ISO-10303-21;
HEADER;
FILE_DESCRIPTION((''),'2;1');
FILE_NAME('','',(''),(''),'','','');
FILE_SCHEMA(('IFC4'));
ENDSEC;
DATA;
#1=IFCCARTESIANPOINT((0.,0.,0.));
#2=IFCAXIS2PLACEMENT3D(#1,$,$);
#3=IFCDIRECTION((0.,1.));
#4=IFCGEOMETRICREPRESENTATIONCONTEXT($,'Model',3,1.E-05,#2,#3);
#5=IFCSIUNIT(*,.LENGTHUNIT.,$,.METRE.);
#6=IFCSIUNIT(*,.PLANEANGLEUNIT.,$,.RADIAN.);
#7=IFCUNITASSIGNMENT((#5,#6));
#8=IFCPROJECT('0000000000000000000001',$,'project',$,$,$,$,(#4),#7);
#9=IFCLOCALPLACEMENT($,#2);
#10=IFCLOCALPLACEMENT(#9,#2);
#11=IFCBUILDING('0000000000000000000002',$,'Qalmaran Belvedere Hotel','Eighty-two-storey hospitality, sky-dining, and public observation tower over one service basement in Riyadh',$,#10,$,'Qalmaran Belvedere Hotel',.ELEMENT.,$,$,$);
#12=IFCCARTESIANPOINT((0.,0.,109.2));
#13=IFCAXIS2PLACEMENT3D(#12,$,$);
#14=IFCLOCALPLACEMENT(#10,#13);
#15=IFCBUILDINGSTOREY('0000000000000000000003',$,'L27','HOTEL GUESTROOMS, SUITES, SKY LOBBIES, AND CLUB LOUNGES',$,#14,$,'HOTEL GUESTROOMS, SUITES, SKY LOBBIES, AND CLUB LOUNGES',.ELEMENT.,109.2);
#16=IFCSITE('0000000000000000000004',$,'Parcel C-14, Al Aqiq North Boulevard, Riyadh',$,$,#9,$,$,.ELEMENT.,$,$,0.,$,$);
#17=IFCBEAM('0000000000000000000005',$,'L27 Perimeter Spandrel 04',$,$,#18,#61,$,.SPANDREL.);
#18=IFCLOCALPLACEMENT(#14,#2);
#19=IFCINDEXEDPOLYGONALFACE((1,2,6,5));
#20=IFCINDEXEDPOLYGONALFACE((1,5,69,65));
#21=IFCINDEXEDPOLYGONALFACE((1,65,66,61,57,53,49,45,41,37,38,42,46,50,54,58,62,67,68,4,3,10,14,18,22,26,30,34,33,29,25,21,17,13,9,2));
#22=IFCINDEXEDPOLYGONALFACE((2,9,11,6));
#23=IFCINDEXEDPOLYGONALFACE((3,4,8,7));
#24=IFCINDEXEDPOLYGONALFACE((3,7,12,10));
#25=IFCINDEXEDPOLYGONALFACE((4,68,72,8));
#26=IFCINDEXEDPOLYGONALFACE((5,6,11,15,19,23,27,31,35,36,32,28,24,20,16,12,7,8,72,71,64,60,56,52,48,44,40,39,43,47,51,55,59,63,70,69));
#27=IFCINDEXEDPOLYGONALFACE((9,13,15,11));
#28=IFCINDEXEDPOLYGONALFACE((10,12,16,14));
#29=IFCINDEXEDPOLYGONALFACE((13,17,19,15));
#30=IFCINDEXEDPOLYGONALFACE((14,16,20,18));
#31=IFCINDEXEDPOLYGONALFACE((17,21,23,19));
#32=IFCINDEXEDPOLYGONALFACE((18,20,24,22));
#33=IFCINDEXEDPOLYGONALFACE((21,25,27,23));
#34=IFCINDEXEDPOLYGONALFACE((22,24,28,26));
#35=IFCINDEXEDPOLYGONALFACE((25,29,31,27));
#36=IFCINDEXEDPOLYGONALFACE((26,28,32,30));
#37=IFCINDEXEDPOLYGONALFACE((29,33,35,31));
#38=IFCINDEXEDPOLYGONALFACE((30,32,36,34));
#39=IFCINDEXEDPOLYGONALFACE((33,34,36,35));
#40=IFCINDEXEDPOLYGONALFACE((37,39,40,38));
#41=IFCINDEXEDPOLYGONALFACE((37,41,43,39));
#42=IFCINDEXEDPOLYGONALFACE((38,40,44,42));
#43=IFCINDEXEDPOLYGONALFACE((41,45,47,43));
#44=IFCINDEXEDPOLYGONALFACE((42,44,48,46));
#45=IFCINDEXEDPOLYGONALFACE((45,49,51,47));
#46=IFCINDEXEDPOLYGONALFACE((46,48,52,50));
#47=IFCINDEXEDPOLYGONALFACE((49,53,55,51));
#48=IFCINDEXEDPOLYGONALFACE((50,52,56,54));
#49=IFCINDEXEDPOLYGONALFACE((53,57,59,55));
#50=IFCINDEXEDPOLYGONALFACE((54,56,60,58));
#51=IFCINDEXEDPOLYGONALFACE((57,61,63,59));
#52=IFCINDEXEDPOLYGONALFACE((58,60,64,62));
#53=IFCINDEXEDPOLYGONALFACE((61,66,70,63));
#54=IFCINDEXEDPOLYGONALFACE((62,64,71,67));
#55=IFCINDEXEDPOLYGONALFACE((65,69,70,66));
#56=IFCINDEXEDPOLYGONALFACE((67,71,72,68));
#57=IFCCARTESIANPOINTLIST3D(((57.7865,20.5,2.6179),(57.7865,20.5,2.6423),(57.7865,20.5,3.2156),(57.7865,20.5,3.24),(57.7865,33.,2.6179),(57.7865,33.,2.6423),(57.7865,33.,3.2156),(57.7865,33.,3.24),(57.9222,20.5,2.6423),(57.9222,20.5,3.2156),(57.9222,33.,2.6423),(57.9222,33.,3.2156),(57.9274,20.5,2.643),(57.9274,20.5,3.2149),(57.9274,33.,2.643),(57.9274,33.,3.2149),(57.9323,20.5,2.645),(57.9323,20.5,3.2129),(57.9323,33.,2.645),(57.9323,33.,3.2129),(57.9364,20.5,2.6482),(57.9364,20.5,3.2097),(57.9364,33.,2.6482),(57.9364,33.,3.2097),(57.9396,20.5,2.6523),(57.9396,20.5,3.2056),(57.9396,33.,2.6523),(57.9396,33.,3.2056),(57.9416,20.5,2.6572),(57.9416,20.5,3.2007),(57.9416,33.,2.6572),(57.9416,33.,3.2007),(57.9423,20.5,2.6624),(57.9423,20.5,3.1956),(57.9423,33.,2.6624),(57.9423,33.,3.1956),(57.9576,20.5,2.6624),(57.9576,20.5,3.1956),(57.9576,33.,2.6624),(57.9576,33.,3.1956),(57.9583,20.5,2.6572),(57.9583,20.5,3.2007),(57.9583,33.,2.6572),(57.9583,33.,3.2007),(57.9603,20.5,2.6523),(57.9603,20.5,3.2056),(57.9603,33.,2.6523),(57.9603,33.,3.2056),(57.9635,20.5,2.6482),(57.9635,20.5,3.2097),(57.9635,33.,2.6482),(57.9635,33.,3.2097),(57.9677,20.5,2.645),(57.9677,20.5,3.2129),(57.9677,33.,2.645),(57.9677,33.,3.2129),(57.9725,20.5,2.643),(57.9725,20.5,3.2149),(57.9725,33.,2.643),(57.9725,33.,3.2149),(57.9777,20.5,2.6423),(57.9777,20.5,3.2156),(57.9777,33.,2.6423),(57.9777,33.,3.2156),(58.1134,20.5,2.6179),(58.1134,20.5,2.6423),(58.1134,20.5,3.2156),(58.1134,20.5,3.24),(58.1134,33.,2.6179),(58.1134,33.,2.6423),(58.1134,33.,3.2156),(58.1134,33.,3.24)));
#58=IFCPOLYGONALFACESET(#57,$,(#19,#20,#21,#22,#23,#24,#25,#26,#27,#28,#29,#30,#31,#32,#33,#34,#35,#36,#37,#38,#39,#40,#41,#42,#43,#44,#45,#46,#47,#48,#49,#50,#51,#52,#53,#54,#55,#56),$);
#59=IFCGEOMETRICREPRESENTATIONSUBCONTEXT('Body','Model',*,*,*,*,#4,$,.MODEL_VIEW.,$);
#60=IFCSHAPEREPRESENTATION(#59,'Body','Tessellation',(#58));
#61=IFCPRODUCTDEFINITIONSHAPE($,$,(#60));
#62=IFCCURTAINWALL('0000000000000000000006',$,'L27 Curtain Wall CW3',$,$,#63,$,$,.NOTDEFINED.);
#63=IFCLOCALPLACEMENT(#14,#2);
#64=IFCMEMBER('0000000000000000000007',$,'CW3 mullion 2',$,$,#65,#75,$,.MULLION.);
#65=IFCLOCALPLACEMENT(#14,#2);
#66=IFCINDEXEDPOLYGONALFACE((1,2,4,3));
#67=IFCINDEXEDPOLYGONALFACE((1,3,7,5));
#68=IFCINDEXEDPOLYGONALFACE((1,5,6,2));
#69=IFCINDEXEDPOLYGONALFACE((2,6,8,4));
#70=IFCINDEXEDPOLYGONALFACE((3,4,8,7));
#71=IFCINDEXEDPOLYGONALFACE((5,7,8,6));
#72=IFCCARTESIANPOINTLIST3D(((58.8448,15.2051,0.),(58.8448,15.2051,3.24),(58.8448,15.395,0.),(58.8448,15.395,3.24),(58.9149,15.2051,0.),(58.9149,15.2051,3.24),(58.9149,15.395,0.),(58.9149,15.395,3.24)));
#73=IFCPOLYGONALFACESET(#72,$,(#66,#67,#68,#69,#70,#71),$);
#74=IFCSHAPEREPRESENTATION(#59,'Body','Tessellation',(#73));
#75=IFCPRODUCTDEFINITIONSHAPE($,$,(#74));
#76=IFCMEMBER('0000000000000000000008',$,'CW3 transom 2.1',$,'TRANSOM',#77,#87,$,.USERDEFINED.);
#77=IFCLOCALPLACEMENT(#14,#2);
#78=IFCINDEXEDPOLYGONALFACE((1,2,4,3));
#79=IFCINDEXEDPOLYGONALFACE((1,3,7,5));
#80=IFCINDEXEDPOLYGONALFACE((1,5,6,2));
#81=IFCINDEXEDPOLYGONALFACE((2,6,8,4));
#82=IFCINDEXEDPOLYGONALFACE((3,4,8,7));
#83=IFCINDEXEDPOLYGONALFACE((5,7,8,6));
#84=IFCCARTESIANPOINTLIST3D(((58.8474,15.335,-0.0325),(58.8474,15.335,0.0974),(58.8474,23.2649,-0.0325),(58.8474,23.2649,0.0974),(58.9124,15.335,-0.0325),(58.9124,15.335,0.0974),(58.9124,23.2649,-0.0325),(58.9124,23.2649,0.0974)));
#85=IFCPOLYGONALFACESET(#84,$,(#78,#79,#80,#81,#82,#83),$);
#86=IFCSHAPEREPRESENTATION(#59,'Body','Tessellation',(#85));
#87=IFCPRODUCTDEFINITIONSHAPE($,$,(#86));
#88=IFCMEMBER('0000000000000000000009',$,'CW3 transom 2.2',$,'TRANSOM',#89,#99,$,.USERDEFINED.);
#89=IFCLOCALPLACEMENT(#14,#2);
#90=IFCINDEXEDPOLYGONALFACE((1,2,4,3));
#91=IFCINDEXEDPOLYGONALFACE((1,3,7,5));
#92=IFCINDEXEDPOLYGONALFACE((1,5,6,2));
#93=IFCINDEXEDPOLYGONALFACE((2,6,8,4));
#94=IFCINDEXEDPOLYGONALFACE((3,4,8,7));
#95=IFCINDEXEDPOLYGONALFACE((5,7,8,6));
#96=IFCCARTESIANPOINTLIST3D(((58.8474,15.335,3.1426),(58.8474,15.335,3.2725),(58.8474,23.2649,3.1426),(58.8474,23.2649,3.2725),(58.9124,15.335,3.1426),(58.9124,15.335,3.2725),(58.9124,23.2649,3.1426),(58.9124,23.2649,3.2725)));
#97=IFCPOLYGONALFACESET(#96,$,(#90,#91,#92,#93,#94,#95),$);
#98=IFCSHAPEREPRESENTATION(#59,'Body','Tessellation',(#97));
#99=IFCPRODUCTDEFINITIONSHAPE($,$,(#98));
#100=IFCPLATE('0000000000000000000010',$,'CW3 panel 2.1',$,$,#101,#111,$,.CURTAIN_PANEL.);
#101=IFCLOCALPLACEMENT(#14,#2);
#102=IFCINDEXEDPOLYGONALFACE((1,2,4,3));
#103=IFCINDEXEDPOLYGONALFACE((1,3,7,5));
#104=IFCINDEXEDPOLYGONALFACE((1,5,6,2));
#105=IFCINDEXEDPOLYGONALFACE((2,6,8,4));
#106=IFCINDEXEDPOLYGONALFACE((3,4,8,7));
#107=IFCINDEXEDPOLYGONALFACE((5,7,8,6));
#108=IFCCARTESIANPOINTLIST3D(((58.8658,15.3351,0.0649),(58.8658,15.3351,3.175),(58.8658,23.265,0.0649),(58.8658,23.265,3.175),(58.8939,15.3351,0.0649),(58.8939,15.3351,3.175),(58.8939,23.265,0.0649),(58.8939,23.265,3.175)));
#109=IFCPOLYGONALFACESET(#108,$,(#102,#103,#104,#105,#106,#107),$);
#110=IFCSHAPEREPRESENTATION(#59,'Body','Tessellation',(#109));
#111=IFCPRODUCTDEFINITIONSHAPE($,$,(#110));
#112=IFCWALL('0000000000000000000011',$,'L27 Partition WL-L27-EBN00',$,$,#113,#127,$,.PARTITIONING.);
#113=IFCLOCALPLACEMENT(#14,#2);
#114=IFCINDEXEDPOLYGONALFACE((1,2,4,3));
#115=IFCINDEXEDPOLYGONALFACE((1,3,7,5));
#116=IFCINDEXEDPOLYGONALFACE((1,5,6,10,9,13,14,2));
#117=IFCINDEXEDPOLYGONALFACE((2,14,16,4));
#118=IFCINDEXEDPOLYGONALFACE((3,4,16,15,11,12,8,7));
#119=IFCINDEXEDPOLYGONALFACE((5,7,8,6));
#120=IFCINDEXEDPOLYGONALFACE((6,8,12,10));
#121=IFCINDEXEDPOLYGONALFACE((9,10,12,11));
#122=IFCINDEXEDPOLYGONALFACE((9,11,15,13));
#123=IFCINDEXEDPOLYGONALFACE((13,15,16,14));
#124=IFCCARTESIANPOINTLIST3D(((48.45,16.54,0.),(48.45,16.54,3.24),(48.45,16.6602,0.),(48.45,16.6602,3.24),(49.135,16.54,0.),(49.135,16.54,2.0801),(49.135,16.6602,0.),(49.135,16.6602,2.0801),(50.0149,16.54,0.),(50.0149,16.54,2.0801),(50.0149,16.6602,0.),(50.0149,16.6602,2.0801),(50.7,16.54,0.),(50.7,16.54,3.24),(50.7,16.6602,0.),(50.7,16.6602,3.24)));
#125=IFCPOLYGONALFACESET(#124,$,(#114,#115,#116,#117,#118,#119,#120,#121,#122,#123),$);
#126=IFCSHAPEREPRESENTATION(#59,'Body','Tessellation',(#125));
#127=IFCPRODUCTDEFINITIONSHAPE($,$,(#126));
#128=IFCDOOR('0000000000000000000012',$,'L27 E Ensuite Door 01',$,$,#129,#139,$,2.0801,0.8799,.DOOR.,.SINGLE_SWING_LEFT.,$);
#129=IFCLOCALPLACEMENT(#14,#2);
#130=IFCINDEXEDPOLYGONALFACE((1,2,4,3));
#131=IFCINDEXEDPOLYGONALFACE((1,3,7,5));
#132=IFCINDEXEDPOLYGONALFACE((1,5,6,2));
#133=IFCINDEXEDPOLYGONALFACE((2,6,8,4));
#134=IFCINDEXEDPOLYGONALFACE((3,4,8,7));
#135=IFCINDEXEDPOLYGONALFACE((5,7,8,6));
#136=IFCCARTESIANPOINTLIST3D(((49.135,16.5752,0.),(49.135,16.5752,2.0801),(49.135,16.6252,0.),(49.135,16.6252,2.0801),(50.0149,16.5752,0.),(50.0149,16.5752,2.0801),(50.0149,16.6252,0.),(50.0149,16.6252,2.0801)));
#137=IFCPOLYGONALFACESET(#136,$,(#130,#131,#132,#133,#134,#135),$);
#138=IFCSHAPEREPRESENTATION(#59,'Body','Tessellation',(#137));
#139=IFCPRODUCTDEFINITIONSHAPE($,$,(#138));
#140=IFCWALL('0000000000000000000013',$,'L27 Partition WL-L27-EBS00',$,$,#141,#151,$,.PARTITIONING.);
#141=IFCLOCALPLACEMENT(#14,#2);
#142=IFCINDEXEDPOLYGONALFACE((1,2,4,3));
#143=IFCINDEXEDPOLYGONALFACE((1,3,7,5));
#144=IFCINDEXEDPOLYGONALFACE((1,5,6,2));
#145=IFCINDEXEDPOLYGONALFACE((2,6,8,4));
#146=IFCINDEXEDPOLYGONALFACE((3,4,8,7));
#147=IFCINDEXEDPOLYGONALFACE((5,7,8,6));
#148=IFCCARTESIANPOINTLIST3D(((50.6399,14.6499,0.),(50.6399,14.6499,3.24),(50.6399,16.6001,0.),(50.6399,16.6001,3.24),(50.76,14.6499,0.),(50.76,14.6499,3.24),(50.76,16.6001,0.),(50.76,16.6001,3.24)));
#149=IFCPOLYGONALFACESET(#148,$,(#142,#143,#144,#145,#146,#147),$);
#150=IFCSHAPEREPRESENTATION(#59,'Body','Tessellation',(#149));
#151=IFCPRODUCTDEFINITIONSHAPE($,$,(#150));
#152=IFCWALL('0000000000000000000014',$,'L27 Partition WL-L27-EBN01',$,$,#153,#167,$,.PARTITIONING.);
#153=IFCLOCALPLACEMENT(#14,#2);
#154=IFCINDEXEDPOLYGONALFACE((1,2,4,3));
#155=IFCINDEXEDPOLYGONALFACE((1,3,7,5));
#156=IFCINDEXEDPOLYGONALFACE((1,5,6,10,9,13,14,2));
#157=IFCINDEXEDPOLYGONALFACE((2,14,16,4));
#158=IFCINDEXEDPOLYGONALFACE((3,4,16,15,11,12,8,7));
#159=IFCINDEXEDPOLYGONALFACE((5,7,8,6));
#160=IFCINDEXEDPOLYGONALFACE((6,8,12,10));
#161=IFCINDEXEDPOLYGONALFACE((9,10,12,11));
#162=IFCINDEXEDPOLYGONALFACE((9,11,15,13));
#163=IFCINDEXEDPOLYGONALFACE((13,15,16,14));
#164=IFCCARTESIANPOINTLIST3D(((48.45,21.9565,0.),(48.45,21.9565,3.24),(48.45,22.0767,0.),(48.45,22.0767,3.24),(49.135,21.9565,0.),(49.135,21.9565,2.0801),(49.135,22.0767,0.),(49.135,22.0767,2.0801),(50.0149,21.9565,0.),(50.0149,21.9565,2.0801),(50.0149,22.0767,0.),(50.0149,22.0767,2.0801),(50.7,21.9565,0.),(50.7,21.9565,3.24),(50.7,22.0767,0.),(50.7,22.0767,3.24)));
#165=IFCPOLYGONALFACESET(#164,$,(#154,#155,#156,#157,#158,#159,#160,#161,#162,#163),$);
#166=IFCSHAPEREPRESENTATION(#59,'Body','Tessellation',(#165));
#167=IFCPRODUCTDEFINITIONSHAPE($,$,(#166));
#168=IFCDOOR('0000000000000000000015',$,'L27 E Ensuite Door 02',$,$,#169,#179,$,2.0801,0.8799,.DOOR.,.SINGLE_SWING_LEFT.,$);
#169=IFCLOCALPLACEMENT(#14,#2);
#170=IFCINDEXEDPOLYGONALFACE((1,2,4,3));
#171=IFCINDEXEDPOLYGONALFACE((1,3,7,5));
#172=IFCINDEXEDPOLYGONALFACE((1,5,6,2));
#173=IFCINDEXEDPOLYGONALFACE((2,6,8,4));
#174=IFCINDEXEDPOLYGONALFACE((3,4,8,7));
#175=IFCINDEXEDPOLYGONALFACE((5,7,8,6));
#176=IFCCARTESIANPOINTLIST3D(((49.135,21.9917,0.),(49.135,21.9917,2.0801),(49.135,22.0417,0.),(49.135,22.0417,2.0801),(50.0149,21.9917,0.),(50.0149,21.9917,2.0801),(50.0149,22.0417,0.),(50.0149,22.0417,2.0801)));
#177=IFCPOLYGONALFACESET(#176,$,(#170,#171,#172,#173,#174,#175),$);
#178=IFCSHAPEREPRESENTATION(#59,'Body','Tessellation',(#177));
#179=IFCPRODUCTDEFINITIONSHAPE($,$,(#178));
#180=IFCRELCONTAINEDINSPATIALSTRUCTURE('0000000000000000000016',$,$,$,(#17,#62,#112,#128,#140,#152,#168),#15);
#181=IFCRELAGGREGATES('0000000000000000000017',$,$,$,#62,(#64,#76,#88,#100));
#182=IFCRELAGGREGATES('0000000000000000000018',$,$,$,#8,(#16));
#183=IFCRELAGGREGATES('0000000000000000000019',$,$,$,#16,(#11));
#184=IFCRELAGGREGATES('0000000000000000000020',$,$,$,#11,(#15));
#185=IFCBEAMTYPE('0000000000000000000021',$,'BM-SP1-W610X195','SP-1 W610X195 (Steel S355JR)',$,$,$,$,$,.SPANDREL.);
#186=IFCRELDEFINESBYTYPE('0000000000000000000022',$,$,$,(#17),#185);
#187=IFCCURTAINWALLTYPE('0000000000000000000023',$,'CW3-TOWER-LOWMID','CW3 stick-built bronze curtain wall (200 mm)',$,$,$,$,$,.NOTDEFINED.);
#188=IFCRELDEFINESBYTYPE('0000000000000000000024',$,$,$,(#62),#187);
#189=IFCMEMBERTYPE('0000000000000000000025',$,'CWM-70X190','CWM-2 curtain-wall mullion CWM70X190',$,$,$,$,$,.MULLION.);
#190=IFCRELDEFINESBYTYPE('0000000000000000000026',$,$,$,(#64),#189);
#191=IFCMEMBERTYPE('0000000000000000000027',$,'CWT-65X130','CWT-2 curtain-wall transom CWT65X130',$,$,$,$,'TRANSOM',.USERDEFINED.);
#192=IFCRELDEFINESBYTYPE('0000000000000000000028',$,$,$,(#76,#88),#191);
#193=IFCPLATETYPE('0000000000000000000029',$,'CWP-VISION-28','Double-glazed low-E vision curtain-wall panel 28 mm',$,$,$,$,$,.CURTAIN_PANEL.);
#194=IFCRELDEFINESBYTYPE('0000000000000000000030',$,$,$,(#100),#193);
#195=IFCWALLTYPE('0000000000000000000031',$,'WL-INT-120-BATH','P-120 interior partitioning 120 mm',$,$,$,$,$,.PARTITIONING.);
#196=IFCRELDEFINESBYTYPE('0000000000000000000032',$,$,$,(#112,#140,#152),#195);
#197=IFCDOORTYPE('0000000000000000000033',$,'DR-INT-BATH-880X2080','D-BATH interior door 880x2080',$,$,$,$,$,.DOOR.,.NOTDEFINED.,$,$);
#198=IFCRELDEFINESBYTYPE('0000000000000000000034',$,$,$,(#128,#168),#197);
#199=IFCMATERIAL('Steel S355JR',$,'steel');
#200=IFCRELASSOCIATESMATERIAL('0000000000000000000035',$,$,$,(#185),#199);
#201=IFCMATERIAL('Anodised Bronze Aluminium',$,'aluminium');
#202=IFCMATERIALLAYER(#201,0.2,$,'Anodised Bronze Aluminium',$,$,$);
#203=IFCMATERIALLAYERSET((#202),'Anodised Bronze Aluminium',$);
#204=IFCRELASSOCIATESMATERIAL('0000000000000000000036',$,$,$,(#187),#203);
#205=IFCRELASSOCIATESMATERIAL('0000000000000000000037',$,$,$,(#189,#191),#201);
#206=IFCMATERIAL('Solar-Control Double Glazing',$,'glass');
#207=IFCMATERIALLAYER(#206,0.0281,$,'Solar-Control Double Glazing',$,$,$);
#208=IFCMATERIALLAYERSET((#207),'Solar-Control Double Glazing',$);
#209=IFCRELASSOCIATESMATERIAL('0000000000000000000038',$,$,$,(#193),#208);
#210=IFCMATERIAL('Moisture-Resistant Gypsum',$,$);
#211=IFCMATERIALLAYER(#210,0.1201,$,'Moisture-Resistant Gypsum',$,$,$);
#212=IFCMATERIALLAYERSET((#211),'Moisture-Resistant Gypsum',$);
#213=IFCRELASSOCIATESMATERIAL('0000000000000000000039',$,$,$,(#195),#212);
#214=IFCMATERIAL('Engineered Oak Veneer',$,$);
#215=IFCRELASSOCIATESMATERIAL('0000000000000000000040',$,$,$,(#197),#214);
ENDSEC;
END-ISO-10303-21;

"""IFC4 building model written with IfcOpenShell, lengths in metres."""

from ifc_helpers import new_model, si_unit, direction, frame, frame_2d, origin, origin_2d, place, context, subcontext, project, spatial, rectangle, i_section, extrude, material, layer, layer_set, material_profile, profile_set, type_object, element, fill, aggregate, save


model = new_model("IFC4")

# Units and contexts
model_context = context("Model", 3, precision=1e-05, world=origin(), true_north=direction((0.0, 1.0)))
body_context = subcontext(model_context, "Body", "Model", "MODEL_VIEW")
ifc_project = project(units=[si_unit("LENGTHUNIT", "METRE"), si_unit("PLANEANGLEUNIT", "RADIAN")], contexts=[model_context])

# Site, building, storey
site_placement = place(None, origin())
site = spatial("IfcSite", under=ifc_project, at=site_placement, Name="Parcel C-14, Al Aqiq North Boulevard, Riyadh", CompositionType="ELEMENT", RefElevation=0.0)
building_placement = place(site_placement, origin())
building = spatial("IfcBuilding", under=site, at=building_placement, Name="Qalmaran Belvedere Hotel", Description="Eighty-two-storey hospitality, sky-dining, and public observation tower over one service basement in Riyadh", LongName="Qalmaran Belvedere Hotel", CompositionType="ELEMENT")
storey_placement = place(building_placement, frame((0.0, 0.0, 109.2)))
storey = spatial("IfcBuildingStorey", under=building, at=storey_placement, Name="L27", Description="HOTEL GUESTROOMS, SUITES, SKY LOBBIES, AND CLUB LOUNGES", LongName="HOTEL GUESTROOMS, SUITES, SKY LOBBIES, AND CLUB LOUNGES", CompositionType="ELEMENT", Elevation=109.2)

# Beam
ifc_material_1 = material(Name="Steel S355JR", Category="steel")
ifc_material_profile_1 = material_profile(ifc_material_1, i_section(OverallWidth=0.3269, OverallDepth=0.6221, WebThickness=0.0154, FlangeThickness=0.0244, FilletRadius=0.02, at=origin_2d()), Name="W610X195")
ifc_profile_set_1 = profile_set([ifc_material_profile_1], Name="Steel S355JR")
beam_type_1 = type_object("IfcBeamType", Name="BM-SP1-W610X195", Description="SP-1 W610X195 (Steel S355JR)", PredefinedType="SPANDREL", material=ifc_profile_set_1)
beam_1_placement = place(storey_placement, frame((57.95, 20.5, 2.929), z_axis=(0.0, 1.0, 0.0), x_axis=(-1.0, 0.0, 0.0)))
element("IfcBeam", 1, at=beam_1_placement, inside=storey, type_object=beam_type_1, Name="L27 Perimeter Spandrel 04", PredefinedType="SPANDREL", context=body_context, shape_type="SweptSolid", body=[
    extrude(i_section(OverallWidth=0.3269, OverallDepth=0.6221, WebThickness=0.0154, FlangeThickness=0.0244, FilletRadius=0.02, at=origin_2d()), origin(), (0.0, 0.0, 1.0), 12.5),
])

# Curtain wall, members, plate
ifc_material_2 = material(Name="Anodised Bronze Aluminium", Category="aluminium")
ifc_layer_1 = layer(ifc_material_2, 0.2, Name="Anodised Bronze Aluminium")
ifc_layer_set_1 = layer_set([ifc_layer_1], Name="Anodised Bronze Aluminium")
curtain_wall_type = type_object("IfcCurtainWallType", Name="CW3-TOWER-LOWMID", Description="CW3 stick-built bronze curtain wall (200 mm)", PredefinedType="NOTDEFINED", material=ifc_layer_set_1)
curtain_wall_placement = place(storey_placement, origin())
curtain_wall = element("IfcCurtainWall", 2, at=curtain_wall_placement, inside=storey, type_object=curtain_wall_type, Name="L27 Curtain Wall CW3", PredefinedType="NOTDEFINED")
ifc_material_profile_2 = material_profile(ifc_material_2, rectangle(XDim=0.0701, YDim=0.1899, at=origin_2d()), Name="CWM70X190")
ifc_profile_set_2 = profile_set([ifc_material_profile_2], Name="Anodised Bronze Aluminium")
member_type_1 = type_object("IfcMemberType", Name="CWM-70X190", Description="CWM-2 curtain-wall mullion CWM70X190", PredefinedType="MULLION", material=ifc_profile_set_2)
member_1_placement = place(storey_placement, frame((58.8799, 15.3, 0.0), z_axis=(0.0, 0.0, 1.0), x_axis=(-1.0, 0.0, 0.0)))
member_1 = element("IfcMember", 3, at=member_1_placement, type_object=member_type_1, Name="CW3 mullion 2", PredefinedType="MULLION", context=body_context, shape_type="SweptSolid", body=[
    extrude(rectangle(XDim=0.0701, YDim=0.1899, at=origin_2d()), origin(), (0.0, 0.0, 1.0), 3.24),
])
ifc_material_profile_3 = material_profile(ifc_material_2, rectangle(XDim=0.0649, YDim=0.1299, at=origin_2d()), Name="CWT65X130")
ifc_profile_set_3 = profile_set([ifc_material_profile_3], Name="Anodised Bronze Aluminium")
member_type_2 = type_object("IfcMemberType", Name="CWT-65X130", Description="CWT-2 curtain-wall transom CWT65X130", ElementType="TRANSOM", PredefinedType="USERDEFINED", material=ifc_profile_set_3)
member_2_placement = place(storey_placement, frame((58.8799, 15.335, 0.0325), z_axis=(0.0, 1.0, 0.0), x_axis=(-1.0, 0.0, 0.0)))
member_2 = element("IfcMember", 4, at=member_2_placement, type_object=member_type_2, Name="CW3 transom 2.1", ObjectType="TRANSOM", PredefinedType="USERDEFINED", context=body_context, shape_type="SweptSolid", body=[
    extrude(rectangle(XDim=0.0649, YDim=0.1299, at=origin_2d()), origin(), (0.0, 0.0, 1.0), 7.9299),
])
member_3_placement = place(storey_placement, frame((58.8799, 15.335, 3.2075), z_axis=(0.0, 1.0, 0.0), x_axis=(-1.0, 0.0, 0.0)))
member_3 = element("IfcMember", 5, at=member_3_placement, type_object=member_type_2, Name="CW3 transom 2.2", ObjectType="TRANSOM", PredefinedType="USERDEFINED", context=body_context, shape_type="SweptSolid", body=[
    extrude(rectangle(XDim=0.0649, YDim=0.1299, at=origin_2d()), origin(), (0.0, 0.0, 1.0), 7.9299),
])
ifc_material_3 = material(Name="Solar-Control Double Glazing", Category="glass")
ifc_layer_2 = layer(ifc_material_3, 0.0281, Name="Solar-Control Double Glazing")
ifc_layer_set_2 = layer_set([ifc_layer_2], Name="Solar-Control Double Glazing")
plate_type = type_object("IfcPlateType", Name="CWP-VISION-28", Description="Double-glazed low-E vision curtain-wall panel 28 mm", PredefinedType="CURTAIN_PANEL", material=ifc_layer_set_2)
plate_placement = place(storey_placement, frame((58.8799, 19.3, 0.0649), z_axis=(0.0, 0.0, 1.0), x_axis=(0.0, 1.0, 0.0)))
plate = element("IfcPlate", 6, at=plate_placement, type_object=plate_type, Name="CW3 panel 2.1", PredefinedType="CURTAIN_PANEL", context=body_context, shape_type="SweptSolid", body=[
    extrude(rectangle(XDim=7.9299, YDim=0.0281, at=origin_2d()), origin(), (0.0, 0.0, 1.0), 3.1101),
])
aggregate(curtain_wall, [member_1, member_2, member_3, plate])

# Wall, opening, door
ifc_material_4 = material(Name="Moisture-Resistant Gypsum")
ifc_layer_3 = layer(ifc_material_4, 0.1201, Name="Moisture-Resistant Gypsum")
ifc_layer_set_3 = layer_set([ifc_layer_3], Name="Moisture-Resistant Gypsum")
wall_type_1 = type_object("IfcWallType", Name="WL-INT-120-BATH", Description="P-120 interior partitioning 120 mm", PredefinedType="PARTITIONING", material=ifc_layer_set_3)
wall_1_placement = place(storey_placement, frame((48.45, 16.6001, 0.0), z_axis=(0.0, 0.0, 1.0), x_axis=(1.0, 0.0, 0.0)))
wall_1 = element("IfcWall", 7, at=wall_1_placement, inside=storey, type_object=wall_type_1, Name="L27 Partition WL-L27-EBN00", PredefinedType="PARTITIONING", context=body_context, shape_type="SweptSolid", body=[
    extrude(rectangle(XDim=2.25, YDim=0.1201, at=frame_2d((1.125, 0.0))), origin(), (0.0, 0.0, 1.0), 3.24),
])
opening_1_placement = place(wall_1_placement, frame((1.5649, 0.0, 0.0), z_axis=(0.0, 0.0, 1.0), x_axis=(-1.0, 0.0, 0.0)))
opening_1 = element("IfcOpeningElement", 8, at=opening_1_placement, cuts=wall_1, PredefinedType="OPENING", context=body_context, shape_type="SweptSolid", body=[
    extrude(rectangle(XDim=0.8799, YDim=2.0801, at=frame_2d((0.4399, 1.04))), frame((0.0, 0.0701, 0.0), z_axis=(0.0, -1.0, 0.0), x_axis=(1.0, 0.0, 0.0)), (0.0, 0.0, 1.0), 0.1401),
])
ifc_material_5 = material(Name="Engineered Oak Veneer")
door_type_1 = type_object("IfcDoorType", Name="DR-INT-BATH-880X2080", Description="D-BATH interior door 880x2080", OperationType="NOTDEFINED", PredefinedType="DOOR", material=ifc_material_5)
door_1_placement = place(opening_1_placement, origin())
door_1 = element("IfcDoor", 9, at=door_1_placement, inside=storey, type_object=door_type_1, Name="L27 E Ensuite Door 01", OperationType="SINGLE_SWING_LEFT", OverallHeight=2.0801, OverallWidth=0.8799, PredefinedType="DOOR", context=body_context, shape_type="SweptSolid", body=[
    extrude(rectangle(XDim=0.8799, YDim=2.0801, at=frame_2d((0.4399, 1.04))), frame((0.0, 0.0249, 0.0), z_axis=(0.0, -1.0, 0.0), x_axis=(1.0, 0.0, 0.0)), (0.0, 0.0, 1.0), 0.05),
])
fill(opening_1, door_1)

# Wall
wall_2_placement = place(storey_placement, frame((50.7, 14.6499, 0.0), z_axis=(0.0, 0.0, 1.0), x_axis=(0.0, 1.0, 0.0)))
element("IfcWall", 10, at=wall_2_placement, inside=storey, type_object=wall_type_1, Name="L27 Partition WL-L27-EBS00", PredefinedType="PARTITIONING", context=body_context, shape_type="SweptSolid", body=[
    extrude(rectangle(XDim=1.9502, YDim=0.1201, at=frame_2d((0.9751, 0.0))), origin(), (0.0, 0.0, 1.0), 3.24),
])

# Wall, opening, door
wall_3_placement = place(storey_placement, frame((48.45, 22.0166, 0.0), z_axis=(0.0, 0.0, 1.0), x_axis=(1.0, 0.0, 0.0)))
wall_3 = element("IfcWall", 11, at=wall_3_placement, inside=storey, type_object=wall_type_1, Name="L27 Partition WL-L27-EBN01", PredefinedType="PARTITIONING", context=body_context, shape_type="SweptSolid", body=[
    extrude(rectangle(XDim=2.25, YDim=0.1201, at=frame_2d((1.125, 0.0))), origin(), (0.0, 0.0, 1.0), 3.24),
])
opening_2_placement = place(wall_3_placement, frame((1.5649, 0.0, 0.0), z_axis=(0.0, 0.0, 1.0), x_axis=(-1.0, 0.0, 0.0)))
opening_2 = element("IfcOpeningElement", 12, at=opening_2_placement, cuts=wall_3, PredefinedType="OPENING", context=body_context, shape_type="SweptSolid", body=[
    extrude(rectangle(XDim=0.8799, YDim=2.0801, at=frame_2d((0.4399, 1.04))), frame((0.0, 0.0701, 0.0), z_axis=(0.0, -1.0, 0.0), x_axis=(1.0, 0.0, 0.0)), (0.0, 0.0, 1.0), 0.1401),
])
door_2_placement = place(opening_2_placement, origin())
door_2 = element("IfcDoor", 13, at=door_2_placement, inside=storey, type_object=door_type_1, Name="L27 E Ensuite Door 02", OperationType="SINGLE_SWING_LEFT", OverallHeight=2.0801, OverallWidth=0.8799, PredefinedType="DOOR", context=body_context, shape_type="SweptSolid", body=[
    extrude(rectangle(XDim=0.8799, YDim=2.0801, at=frame_2d((0.4399, 1.04))), frame((0.0, 0.0249, 0.0), z_axis=(0.0, -1.0, 0.0), x_axis=(1.0, 0.0, 0.0)), (0.0, 0.0, 1.0), 0.05),
])
fill(opening_2, door_2)

save(model, "model.ifc")
